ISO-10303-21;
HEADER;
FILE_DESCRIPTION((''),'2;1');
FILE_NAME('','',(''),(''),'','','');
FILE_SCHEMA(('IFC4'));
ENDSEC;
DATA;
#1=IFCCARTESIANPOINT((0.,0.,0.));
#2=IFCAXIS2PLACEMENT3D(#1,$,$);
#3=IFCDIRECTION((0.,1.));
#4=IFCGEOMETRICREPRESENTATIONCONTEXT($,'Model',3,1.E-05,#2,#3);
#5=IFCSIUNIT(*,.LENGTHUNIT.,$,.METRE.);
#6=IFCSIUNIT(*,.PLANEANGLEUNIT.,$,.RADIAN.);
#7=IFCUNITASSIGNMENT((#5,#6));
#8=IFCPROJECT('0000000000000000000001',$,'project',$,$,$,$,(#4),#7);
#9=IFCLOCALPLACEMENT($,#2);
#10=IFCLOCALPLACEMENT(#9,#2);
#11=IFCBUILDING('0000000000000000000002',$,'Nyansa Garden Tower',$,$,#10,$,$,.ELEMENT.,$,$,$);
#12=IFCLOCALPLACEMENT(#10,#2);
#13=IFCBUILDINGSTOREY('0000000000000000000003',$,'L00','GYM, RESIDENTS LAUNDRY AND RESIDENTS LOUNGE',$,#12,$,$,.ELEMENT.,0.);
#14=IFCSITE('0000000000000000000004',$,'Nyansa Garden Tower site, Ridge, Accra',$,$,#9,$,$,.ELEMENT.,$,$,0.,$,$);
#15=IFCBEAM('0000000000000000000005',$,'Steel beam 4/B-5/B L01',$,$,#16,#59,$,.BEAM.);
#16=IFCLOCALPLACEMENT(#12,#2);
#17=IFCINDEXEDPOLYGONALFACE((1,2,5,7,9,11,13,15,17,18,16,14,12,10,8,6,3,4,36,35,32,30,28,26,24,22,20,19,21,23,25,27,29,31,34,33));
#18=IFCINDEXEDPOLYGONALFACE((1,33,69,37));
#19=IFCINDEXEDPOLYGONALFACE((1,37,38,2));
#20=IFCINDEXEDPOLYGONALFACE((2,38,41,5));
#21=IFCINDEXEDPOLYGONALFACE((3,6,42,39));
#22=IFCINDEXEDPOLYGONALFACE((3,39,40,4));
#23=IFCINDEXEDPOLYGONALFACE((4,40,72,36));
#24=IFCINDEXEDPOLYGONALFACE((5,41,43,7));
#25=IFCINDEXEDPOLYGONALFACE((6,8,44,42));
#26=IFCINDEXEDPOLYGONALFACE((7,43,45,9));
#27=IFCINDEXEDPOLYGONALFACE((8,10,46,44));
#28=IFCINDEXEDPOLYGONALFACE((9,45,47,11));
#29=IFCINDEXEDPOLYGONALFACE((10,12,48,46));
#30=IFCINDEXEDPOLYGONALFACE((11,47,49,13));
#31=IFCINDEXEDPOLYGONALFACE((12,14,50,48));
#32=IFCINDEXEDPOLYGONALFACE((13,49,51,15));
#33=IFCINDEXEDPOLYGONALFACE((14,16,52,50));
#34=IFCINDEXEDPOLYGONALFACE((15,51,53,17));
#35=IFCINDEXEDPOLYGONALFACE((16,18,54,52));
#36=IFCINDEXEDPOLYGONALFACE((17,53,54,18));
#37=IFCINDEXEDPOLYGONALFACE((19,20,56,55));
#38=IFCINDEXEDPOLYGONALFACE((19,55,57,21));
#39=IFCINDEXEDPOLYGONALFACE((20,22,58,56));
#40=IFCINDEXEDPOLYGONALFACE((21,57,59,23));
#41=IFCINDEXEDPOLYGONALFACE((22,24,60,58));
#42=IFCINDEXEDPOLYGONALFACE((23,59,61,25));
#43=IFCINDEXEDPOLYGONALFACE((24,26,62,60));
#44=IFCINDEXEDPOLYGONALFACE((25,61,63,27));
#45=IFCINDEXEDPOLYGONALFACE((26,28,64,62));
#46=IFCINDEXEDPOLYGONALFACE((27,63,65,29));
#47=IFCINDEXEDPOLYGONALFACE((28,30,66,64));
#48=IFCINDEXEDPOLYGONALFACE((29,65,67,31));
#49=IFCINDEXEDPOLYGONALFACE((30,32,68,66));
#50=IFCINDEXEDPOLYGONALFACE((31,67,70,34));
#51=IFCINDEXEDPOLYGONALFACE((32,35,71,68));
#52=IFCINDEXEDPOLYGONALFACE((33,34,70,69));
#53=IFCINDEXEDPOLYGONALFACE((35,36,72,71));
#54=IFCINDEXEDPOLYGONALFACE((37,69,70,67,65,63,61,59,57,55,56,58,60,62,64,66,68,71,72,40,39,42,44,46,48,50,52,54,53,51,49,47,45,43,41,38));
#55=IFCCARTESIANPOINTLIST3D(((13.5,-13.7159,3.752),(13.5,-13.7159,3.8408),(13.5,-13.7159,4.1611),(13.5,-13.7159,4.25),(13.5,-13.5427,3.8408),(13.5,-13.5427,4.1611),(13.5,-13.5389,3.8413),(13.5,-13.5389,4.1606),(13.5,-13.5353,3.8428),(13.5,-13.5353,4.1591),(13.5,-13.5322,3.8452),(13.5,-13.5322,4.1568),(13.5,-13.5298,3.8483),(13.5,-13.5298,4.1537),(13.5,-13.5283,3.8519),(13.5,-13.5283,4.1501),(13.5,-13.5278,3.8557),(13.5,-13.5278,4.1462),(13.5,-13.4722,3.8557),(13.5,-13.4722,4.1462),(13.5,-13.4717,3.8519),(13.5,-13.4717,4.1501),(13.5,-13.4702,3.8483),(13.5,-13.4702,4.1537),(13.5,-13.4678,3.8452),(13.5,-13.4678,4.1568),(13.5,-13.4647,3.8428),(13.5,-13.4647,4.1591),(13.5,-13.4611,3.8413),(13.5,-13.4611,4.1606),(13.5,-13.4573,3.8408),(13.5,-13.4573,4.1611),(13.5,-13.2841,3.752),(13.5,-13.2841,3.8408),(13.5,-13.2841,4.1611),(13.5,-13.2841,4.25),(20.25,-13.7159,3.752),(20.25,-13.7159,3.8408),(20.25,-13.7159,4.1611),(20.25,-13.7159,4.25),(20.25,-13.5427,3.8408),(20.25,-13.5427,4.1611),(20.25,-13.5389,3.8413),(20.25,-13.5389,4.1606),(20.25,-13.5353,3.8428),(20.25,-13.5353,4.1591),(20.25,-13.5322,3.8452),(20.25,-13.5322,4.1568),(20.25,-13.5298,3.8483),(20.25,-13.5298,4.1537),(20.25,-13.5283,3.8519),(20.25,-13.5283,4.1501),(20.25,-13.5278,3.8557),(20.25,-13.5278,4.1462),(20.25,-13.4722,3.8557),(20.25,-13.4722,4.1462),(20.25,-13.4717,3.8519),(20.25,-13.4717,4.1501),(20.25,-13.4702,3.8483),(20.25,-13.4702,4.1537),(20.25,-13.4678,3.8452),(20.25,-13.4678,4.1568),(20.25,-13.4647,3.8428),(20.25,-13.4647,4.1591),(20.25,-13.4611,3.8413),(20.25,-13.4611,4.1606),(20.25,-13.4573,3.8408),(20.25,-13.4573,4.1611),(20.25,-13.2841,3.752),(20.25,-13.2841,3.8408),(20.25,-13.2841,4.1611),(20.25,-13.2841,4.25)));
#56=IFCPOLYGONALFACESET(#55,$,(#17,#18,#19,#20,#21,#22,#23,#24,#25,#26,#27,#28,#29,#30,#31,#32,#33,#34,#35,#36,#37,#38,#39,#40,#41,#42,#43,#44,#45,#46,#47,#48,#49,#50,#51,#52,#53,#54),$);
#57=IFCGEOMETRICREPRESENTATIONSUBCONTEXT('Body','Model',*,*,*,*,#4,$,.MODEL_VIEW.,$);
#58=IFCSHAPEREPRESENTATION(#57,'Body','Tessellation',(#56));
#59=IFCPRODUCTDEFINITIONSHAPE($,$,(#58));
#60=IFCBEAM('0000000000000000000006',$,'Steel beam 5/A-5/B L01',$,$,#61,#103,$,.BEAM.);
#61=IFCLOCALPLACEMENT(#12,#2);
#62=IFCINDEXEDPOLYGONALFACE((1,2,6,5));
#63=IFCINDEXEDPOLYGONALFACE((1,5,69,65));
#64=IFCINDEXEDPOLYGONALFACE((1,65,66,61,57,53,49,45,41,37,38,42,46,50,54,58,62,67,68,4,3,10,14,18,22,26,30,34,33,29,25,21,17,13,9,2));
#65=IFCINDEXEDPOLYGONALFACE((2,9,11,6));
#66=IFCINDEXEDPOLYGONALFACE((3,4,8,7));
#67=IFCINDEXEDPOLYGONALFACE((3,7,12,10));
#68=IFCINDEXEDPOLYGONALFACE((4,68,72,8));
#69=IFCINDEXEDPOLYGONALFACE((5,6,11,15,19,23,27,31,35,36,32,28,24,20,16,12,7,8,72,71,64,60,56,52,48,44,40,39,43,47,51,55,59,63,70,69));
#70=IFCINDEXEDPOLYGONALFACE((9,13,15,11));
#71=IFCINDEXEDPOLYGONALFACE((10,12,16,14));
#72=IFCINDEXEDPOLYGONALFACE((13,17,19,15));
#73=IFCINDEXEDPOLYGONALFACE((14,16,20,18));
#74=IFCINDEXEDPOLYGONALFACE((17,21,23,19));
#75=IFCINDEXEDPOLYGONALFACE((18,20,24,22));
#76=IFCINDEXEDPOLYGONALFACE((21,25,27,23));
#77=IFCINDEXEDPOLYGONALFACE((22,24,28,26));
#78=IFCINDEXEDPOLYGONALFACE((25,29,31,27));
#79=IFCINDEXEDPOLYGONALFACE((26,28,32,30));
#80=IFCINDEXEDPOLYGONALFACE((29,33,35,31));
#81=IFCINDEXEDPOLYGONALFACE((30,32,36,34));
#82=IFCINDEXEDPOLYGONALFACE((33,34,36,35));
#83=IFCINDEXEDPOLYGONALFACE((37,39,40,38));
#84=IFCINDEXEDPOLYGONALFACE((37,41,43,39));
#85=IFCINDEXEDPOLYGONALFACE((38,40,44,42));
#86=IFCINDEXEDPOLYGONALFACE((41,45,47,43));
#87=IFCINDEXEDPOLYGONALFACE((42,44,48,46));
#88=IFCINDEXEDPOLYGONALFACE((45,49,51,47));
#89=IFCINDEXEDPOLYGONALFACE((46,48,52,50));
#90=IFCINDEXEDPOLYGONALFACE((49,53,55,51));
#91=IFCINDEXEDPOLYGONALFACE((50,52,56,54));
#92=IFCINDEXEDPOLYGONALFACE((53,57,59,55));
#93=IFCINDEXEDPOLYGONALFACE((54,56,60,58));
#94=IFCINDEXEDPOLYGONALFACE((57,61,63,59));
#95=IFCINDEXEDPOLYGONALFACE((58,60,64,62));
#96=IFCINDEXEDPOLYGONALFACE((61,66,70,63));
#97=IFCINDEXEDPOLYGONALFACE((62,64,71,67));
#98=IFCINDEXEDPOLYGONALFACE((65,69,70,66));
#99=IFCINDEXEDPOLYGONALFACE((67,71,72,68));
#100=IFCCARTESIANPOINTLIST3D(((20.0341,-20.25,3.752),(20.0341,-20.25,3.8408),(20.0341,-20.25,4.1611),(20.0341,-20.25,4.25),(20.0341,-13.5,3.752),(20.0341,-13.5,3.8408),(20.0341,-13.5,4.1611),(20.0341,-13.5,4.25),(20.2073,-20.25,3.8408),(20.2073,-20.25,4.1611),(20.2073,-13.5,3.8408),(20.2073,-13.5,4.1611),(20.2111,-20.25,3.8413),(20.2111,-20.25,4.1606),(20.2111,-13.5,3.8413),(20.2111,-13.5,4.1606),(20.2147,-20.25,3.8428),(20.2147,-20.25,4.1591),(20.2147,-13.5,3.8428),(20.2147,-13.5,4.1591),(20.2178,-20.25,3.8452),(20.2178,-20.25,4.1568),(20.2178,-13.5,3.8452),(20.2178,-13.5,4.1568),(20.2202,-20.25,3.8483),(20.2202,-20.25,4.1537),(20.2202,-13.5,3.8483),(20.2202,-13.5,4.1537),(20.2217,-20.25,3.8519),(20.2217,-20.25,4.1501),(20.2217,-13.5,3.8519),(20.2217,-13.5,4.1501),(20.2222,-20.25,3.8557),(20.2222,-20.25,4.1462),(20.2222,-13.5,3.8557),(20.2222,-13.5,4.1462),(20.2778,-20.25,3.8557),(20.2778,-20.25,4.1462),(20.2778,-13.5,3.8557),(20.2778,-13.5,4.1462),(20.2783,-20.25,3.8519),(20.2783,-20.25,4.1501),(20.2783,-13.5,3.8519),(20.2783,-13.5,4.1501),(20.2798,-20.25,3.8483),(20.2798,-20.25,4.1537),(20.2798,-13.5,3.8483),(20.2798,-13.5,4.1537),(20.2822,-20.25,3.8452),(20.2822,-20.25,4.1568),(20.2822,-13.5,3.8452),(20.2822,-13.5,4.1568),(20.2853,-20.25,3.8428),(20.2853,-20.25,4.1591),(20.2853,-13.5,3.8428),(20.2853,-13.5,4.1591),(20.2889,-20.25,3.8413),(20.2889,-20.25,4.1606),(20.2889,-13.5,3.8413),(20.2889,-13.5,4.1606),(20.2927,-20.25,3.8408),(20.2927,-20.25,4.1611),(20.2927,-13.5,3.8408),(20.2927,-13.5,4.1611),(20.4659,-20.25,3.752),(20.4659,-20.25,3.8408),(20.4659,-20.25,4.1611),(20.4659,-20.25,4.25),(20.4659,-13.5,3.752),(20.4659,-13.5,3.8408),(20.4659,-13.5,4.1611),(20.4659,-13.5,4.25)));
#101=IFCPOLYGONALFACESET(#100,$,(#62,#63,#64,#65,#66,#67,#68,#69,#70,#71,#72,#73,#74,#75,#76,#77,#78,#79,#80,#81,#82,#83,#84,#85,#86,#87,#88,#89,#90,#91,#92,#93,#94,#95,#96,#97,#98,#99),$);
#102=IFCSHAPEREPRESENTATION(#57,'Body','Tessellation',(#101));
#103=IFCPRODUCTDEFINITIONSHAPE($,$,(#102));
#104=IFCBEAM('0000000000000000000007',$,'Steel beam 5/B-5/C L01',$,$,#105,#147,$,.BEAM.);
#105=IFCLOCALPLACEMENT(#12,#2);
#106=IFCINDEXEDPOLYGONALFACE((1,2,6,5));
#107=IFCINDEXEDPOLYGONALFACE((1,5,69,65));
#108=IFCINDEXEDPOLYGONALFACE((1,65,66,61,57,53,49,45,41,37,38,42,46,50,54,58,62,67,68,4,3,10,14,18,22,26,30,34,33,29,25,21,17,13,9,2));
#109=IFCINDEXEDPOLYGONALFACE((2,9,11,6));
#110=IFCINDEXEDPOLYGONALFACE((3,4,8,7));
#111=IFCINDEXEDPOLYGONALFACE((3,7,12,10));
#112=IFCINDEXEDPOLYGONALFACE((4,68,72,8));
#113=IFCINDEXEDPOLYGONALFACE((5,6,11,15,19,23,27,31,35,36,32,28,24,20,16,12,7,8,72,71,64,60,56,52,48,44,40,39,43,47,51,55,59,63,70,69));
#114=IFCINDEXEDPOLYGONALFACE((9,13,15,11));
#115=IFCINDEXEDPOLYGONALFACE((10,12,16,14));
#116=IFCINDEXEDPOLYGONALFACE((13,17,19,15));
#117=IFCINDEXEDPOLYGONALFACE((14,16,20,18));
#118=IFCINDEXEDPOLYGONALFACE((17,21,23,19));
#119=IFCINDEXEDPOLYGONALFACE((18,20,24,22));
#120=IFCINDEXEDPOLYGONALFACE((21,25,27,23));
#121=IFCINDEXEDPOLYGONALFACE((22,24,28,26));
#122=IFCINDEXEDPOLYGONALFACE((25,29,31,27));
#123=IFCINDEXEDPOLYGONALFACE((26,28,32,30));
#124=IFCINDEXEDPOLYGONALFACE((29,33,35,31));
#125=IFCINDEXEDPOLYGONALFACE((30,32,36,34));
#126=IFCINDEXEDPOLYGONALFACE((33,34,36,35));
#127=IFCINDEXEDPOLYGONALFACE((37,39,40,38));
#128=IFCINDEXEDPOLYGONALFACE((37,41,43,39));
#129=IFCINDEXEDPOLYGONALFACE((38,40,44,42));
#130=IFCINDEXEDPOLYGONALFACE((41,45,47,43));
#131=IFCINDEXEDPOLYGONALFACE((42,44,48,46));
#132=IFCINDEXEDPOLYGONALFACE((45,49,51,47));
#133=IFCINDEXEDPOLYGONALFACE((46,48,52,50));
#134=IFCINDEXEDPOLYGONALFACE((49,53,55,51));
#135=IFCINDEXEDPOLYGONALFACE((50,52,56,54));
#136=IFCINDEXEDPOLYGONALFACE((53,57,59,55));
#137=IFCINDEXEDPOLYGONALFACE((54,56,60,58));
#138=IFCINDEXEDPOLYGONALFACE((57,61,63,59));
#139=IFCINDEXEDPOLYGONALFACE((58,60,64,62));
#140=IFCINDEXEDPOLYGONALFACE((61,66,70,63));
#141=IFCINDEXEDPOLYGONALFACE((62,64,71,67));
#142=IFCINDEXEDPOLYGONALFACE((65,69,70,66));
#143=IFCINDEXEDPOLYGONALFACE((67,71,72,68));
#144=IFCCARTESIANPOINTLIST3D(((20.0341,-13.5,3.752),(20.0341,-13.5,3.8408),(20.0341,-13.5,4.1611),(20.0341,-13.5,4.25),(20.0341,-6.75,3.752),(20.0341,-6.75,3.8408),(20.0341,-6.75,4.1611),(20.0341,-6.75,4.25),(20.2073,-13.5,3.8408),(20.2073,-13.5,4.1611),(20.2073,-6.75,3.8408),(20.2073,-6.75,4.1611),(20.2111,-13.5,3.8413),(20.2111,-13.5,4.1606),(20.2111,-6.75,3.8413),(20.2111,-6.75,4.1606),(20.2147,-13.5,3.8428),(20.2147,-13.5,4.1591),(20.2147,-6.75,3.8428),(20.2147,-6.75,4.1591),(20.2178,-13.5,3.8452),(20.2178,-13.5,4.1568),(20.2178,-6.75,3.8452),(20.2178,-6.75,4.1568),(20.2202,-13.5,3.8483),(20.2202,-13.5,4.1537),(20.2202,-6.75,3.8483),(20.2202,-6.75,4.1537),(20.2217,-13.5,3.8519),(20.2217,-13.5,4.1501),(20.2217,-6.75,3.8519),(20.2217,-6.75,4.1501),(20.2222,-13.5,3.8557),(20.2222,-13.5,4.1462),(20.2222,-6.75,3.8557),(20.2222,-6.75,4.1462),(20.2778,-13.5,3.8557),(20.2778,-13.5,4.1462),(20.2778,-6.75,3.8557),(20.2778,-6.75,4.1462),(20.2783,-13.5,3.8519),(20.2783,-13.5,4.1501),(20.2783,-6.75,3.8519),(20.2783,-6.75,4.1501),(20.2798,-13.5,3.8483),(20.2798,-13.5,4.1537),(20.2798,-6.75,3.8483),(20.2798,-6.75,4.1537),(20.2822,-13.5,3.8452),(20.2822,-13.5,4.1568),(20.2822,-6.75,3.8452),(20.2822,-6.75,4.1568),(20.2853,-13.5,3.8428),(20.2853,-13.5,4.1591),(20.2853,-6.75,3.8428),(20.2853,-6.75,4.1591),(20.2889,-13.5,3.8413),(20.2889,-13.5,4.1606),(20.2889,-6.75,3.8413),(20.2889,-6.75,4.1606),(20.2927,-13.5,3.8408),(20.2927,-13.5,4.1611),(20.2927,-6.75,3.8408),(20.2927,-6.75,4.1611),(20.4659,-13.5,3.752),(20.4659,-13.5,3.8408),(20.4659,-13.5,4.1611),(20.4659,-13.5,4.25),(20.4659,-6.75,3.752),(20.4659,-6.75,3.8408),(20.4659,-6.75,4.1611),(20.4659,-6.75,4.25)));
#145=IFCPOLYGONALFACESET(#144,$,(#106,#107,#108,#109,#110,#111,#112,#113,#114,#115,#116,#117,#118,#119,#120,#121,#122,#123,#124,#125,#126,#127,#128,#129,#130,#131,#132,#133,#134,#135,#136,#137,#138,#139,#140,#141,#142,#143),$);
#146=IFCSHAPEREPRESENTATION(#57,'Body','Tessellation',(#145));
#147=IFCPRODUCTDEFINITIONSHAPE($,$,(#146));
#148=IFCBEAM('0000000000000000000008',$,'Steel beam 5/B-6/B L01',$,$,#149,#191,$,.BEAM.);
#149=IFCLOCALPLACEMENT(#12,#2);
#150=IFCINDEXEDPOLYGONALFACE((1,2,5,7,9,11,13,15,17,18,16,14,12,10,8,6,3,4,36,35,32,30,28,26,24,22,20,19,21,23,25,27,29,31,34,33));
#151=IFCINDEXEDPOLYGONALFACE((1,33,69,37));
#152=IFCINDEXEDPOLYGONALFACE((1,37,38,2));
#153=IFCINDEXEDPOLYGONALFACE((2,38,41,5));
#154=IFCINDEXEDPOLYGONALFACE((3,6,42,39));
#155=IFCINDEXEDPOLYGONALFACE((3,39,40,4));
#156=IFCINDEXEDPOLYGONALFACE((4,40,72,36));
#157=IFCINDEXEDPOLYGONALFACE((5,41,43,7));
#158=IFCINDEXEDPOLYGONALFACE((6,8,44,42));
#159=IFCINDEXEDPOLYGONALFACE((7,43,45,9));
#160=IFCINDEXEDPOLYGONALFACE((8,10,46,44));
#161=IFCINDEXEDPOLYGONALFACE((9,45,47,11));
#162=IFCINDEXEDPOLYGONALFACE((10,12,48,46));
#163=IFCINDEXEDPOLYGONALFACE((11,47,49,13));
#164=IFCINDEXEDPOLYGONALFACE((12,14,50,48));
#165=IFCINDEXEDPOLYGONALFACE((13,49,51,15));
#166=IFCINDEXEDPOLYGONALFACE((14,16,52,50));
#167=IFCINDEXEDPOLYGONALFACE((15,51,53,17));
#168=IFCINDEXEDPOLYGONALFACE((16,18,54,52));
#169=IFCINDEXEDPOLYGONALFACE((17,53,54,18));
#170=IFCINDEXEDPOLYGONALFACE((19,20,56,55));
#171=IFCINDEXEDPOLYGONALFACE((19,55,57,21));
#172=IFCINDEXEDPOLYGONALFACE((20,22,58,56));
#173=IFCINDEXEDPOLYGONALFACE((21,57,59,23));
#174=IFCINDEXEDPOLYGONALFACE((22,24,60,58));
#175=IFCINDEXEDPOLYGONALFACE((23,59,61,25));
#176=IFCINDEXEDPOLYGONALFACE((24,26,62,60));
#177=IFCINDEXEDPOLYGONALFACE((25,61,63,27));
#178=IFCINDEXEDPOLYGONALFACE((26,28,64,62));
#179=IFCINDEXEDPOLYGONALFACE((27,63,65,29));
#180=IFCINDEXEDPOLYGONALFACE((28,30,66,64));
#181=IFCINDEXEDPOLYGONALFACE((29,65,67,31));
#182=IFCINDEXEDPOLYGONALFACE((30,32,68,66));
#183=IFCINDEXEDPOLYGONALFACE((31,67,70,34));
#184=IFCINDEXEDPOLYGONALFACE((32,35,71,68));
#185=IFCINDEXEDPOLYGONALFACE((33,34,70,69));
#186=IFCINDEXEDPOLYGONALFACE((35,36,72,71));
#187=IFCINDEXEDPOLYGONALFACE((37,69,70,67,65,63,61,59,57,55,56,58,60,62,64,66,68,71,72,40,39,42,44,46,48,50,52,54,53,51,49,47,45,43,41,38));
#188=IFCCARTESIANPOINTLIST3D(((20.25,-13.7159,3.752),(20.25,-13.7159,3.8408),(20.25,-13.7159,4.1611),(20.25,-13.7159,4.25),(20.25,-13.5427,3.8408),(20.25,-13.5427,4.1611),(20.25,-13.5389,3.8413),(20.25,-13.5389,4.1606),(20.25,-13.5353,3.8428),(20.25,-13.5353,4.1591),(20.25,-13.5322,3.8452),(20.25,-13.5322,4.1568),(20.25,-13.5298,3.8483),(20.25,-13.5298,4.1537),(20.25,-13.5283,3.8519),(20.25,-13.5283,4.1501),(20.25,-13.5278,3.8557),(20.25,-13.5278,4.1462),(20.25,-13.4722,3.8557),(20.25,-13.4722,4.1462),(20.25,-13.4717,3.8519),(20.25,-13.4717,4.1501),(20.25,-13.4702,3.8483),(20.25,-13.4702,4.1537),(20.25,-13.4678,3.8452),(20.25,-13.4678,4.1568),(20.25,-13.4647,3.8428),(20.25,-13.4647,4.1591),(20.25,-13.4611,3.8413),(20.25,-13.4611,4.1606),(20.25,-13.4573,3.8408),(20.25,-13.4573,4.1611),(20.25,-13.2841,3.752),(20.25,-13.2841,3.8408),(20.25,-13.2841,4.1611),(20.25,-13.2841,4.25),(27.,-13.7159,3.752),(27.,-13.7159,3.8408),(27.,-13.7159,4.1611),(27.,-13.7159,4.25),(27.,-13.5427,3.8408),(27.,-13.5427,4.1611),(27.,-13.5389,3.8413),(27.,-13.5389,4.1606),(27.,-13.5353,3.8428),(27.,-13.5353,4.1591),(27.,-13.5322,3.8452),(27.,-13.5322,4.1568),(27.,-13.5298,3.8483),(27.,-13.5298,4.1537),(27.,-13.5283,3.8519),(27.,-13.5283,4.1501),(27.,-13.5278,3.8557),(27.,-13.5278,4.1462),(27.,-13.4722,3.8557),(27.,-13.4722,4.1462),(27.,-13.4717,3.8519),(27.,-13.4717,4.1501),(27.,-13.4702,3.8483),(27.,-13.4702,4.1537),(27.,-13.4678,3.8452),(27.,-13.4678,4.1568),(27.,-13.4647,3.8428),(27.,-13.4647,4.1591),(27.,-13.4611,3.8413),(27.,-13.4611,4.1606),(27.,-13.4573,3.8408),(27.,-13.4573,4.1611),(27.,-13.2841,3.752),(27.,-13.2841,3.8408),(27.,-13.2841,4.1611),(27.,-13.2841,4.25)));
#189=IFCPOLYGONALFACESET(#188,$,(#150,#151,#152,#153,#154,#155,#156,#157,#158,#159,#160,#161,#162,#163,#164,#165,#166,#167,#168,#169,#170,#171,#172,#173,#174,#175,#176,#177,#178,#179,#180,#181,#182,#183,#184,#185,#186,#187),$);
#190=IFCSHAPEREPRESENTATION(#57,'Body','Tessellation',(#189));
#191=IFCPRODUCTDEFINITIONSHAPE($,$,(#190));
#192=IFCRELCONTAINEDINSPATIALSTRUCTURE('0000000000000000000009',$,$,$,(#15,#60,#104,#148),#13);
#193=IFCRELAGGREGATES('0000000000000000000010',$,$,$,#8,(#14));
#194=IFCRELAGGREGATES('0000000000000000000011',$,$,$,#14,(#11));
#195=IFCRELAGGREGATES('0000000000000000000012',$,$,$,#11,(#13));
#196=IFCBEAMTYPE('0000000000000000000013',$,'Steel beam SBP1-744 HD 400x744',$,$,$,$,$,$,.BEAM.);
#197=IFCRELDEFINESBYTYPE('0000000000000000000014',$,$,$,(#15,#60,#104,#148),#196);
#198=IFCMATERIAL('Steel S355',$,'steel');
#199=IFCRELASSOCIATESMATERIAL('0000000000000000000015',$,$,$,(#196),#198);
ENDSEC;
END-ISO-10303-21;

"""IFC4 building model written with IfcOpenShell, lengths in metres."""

from ifc_helpers import new_model, si_unit, direction, frame, origin, origin_2d, place, context, subcontext, project, spatial, i_section, extrude, material, material_profile, profile_set, type_object, element, save


model = new_model("IFC4")

# Units and contexts
model_context = context("Model", 3, precision=1e-05, world=origin(), true_north=direction((0.0, 1.0)))
body_context = subcontext(model_context, "Body", "Model", "MODEL_VIEW")
ifc_project = project(units=[si_unit("LENGTHUNIT", "METRE"), si_unit("PLANEANGLEUNIT", "RADIAN")], contexts=[model_context])

# Site, building, storey
site_placement = place(None, origin())
site = spatial("IfcSite", under=ifc_project, at=site_placement, Name="Nyansa Garden Tower site, Ridge, Accra", CompositionType="ELEMENT", RefElevation=0.0)
building_placement = place(site_placement, origin())
building = spatial("IfcBuilding", under=site, at=building_placement, Name="Nyansa Garden Tower", CompositionType="ELEMENT")
storey_placement = place(building_placement, origin())
storey = spatial("IfcBuildingStorey", under=building, at=storey_placement, Name="L00", Description="GYM, RESIDENTS LAUNDRY AND RESIDENTS LOUNGE", CompositionType="ELEMENT", Elevation=0.0)

# Beams
ifc_material_1 = material(Name="Steel S355", Category="steel")
ifc_material_profile_1 = material_profile(ifc_material_1, i_section(OverallWidth=0.4319, OverallDepth=0.498, WebThickness=0.0557, FlangeThickness=0.0889, FilletRadius=0.0149, at=origin_2d()), Name="HD 400x744")
ifc_profile_set_1 = profile_set([ifc_material_profile_1], Name="Steel S355")
beam_type_1 = type_object("IfcBeamType", Name="Steel beam SBP1-744 HD 400x744", PredefinedType="BEAM", material=ifc_profile_set_1)
for number, where, z_axis, x_axis, name in (
    (1, (13.5, -13.5, 4.001), (1.0, 0.0, 0.0), (0.0, 1.0, 0.0), "Steel beam 4/B-5/B L01"),
    (2, (20.25, -20.25, 4.001), (0.0, 1.0, 0.0), (-1.0, 0.0, 0.0), "Steel beam 5/A-5/B L01"),
    (3, (20.25, -13.5, 4.001), (0.0, 1.0, 0.0), (-1.0, 0.0, 0.0), "Steel beam 5/B-5/C L01"),
    (4, (20.25, -13.5, 4.001), (1.0, 0.0, 0.0), (0.0, 1.0, 0.0), "Steel beam 5/B-6/B L01"),
):
    element("IfcBeam", number, at=place(storey_placement, frame(where, z_axis=z_axis, x_axis=x_axis)), inside=storey, type_object=beam_type_1, Name=name, PredefinedType="BEAM", context=body_context, shape_type="SweptSolid", body=[
        extrude(i_section(OverallWidth=0.4319, OverallDepth=0.498, WebThickness=0.0557, FlangeThickness=0.0889, FilletRadius=0.0149, at=origin_2d()), origin(), (0.0, 0.0, 1.0), 6.75),
    ])

save(model, "model.ifc")
